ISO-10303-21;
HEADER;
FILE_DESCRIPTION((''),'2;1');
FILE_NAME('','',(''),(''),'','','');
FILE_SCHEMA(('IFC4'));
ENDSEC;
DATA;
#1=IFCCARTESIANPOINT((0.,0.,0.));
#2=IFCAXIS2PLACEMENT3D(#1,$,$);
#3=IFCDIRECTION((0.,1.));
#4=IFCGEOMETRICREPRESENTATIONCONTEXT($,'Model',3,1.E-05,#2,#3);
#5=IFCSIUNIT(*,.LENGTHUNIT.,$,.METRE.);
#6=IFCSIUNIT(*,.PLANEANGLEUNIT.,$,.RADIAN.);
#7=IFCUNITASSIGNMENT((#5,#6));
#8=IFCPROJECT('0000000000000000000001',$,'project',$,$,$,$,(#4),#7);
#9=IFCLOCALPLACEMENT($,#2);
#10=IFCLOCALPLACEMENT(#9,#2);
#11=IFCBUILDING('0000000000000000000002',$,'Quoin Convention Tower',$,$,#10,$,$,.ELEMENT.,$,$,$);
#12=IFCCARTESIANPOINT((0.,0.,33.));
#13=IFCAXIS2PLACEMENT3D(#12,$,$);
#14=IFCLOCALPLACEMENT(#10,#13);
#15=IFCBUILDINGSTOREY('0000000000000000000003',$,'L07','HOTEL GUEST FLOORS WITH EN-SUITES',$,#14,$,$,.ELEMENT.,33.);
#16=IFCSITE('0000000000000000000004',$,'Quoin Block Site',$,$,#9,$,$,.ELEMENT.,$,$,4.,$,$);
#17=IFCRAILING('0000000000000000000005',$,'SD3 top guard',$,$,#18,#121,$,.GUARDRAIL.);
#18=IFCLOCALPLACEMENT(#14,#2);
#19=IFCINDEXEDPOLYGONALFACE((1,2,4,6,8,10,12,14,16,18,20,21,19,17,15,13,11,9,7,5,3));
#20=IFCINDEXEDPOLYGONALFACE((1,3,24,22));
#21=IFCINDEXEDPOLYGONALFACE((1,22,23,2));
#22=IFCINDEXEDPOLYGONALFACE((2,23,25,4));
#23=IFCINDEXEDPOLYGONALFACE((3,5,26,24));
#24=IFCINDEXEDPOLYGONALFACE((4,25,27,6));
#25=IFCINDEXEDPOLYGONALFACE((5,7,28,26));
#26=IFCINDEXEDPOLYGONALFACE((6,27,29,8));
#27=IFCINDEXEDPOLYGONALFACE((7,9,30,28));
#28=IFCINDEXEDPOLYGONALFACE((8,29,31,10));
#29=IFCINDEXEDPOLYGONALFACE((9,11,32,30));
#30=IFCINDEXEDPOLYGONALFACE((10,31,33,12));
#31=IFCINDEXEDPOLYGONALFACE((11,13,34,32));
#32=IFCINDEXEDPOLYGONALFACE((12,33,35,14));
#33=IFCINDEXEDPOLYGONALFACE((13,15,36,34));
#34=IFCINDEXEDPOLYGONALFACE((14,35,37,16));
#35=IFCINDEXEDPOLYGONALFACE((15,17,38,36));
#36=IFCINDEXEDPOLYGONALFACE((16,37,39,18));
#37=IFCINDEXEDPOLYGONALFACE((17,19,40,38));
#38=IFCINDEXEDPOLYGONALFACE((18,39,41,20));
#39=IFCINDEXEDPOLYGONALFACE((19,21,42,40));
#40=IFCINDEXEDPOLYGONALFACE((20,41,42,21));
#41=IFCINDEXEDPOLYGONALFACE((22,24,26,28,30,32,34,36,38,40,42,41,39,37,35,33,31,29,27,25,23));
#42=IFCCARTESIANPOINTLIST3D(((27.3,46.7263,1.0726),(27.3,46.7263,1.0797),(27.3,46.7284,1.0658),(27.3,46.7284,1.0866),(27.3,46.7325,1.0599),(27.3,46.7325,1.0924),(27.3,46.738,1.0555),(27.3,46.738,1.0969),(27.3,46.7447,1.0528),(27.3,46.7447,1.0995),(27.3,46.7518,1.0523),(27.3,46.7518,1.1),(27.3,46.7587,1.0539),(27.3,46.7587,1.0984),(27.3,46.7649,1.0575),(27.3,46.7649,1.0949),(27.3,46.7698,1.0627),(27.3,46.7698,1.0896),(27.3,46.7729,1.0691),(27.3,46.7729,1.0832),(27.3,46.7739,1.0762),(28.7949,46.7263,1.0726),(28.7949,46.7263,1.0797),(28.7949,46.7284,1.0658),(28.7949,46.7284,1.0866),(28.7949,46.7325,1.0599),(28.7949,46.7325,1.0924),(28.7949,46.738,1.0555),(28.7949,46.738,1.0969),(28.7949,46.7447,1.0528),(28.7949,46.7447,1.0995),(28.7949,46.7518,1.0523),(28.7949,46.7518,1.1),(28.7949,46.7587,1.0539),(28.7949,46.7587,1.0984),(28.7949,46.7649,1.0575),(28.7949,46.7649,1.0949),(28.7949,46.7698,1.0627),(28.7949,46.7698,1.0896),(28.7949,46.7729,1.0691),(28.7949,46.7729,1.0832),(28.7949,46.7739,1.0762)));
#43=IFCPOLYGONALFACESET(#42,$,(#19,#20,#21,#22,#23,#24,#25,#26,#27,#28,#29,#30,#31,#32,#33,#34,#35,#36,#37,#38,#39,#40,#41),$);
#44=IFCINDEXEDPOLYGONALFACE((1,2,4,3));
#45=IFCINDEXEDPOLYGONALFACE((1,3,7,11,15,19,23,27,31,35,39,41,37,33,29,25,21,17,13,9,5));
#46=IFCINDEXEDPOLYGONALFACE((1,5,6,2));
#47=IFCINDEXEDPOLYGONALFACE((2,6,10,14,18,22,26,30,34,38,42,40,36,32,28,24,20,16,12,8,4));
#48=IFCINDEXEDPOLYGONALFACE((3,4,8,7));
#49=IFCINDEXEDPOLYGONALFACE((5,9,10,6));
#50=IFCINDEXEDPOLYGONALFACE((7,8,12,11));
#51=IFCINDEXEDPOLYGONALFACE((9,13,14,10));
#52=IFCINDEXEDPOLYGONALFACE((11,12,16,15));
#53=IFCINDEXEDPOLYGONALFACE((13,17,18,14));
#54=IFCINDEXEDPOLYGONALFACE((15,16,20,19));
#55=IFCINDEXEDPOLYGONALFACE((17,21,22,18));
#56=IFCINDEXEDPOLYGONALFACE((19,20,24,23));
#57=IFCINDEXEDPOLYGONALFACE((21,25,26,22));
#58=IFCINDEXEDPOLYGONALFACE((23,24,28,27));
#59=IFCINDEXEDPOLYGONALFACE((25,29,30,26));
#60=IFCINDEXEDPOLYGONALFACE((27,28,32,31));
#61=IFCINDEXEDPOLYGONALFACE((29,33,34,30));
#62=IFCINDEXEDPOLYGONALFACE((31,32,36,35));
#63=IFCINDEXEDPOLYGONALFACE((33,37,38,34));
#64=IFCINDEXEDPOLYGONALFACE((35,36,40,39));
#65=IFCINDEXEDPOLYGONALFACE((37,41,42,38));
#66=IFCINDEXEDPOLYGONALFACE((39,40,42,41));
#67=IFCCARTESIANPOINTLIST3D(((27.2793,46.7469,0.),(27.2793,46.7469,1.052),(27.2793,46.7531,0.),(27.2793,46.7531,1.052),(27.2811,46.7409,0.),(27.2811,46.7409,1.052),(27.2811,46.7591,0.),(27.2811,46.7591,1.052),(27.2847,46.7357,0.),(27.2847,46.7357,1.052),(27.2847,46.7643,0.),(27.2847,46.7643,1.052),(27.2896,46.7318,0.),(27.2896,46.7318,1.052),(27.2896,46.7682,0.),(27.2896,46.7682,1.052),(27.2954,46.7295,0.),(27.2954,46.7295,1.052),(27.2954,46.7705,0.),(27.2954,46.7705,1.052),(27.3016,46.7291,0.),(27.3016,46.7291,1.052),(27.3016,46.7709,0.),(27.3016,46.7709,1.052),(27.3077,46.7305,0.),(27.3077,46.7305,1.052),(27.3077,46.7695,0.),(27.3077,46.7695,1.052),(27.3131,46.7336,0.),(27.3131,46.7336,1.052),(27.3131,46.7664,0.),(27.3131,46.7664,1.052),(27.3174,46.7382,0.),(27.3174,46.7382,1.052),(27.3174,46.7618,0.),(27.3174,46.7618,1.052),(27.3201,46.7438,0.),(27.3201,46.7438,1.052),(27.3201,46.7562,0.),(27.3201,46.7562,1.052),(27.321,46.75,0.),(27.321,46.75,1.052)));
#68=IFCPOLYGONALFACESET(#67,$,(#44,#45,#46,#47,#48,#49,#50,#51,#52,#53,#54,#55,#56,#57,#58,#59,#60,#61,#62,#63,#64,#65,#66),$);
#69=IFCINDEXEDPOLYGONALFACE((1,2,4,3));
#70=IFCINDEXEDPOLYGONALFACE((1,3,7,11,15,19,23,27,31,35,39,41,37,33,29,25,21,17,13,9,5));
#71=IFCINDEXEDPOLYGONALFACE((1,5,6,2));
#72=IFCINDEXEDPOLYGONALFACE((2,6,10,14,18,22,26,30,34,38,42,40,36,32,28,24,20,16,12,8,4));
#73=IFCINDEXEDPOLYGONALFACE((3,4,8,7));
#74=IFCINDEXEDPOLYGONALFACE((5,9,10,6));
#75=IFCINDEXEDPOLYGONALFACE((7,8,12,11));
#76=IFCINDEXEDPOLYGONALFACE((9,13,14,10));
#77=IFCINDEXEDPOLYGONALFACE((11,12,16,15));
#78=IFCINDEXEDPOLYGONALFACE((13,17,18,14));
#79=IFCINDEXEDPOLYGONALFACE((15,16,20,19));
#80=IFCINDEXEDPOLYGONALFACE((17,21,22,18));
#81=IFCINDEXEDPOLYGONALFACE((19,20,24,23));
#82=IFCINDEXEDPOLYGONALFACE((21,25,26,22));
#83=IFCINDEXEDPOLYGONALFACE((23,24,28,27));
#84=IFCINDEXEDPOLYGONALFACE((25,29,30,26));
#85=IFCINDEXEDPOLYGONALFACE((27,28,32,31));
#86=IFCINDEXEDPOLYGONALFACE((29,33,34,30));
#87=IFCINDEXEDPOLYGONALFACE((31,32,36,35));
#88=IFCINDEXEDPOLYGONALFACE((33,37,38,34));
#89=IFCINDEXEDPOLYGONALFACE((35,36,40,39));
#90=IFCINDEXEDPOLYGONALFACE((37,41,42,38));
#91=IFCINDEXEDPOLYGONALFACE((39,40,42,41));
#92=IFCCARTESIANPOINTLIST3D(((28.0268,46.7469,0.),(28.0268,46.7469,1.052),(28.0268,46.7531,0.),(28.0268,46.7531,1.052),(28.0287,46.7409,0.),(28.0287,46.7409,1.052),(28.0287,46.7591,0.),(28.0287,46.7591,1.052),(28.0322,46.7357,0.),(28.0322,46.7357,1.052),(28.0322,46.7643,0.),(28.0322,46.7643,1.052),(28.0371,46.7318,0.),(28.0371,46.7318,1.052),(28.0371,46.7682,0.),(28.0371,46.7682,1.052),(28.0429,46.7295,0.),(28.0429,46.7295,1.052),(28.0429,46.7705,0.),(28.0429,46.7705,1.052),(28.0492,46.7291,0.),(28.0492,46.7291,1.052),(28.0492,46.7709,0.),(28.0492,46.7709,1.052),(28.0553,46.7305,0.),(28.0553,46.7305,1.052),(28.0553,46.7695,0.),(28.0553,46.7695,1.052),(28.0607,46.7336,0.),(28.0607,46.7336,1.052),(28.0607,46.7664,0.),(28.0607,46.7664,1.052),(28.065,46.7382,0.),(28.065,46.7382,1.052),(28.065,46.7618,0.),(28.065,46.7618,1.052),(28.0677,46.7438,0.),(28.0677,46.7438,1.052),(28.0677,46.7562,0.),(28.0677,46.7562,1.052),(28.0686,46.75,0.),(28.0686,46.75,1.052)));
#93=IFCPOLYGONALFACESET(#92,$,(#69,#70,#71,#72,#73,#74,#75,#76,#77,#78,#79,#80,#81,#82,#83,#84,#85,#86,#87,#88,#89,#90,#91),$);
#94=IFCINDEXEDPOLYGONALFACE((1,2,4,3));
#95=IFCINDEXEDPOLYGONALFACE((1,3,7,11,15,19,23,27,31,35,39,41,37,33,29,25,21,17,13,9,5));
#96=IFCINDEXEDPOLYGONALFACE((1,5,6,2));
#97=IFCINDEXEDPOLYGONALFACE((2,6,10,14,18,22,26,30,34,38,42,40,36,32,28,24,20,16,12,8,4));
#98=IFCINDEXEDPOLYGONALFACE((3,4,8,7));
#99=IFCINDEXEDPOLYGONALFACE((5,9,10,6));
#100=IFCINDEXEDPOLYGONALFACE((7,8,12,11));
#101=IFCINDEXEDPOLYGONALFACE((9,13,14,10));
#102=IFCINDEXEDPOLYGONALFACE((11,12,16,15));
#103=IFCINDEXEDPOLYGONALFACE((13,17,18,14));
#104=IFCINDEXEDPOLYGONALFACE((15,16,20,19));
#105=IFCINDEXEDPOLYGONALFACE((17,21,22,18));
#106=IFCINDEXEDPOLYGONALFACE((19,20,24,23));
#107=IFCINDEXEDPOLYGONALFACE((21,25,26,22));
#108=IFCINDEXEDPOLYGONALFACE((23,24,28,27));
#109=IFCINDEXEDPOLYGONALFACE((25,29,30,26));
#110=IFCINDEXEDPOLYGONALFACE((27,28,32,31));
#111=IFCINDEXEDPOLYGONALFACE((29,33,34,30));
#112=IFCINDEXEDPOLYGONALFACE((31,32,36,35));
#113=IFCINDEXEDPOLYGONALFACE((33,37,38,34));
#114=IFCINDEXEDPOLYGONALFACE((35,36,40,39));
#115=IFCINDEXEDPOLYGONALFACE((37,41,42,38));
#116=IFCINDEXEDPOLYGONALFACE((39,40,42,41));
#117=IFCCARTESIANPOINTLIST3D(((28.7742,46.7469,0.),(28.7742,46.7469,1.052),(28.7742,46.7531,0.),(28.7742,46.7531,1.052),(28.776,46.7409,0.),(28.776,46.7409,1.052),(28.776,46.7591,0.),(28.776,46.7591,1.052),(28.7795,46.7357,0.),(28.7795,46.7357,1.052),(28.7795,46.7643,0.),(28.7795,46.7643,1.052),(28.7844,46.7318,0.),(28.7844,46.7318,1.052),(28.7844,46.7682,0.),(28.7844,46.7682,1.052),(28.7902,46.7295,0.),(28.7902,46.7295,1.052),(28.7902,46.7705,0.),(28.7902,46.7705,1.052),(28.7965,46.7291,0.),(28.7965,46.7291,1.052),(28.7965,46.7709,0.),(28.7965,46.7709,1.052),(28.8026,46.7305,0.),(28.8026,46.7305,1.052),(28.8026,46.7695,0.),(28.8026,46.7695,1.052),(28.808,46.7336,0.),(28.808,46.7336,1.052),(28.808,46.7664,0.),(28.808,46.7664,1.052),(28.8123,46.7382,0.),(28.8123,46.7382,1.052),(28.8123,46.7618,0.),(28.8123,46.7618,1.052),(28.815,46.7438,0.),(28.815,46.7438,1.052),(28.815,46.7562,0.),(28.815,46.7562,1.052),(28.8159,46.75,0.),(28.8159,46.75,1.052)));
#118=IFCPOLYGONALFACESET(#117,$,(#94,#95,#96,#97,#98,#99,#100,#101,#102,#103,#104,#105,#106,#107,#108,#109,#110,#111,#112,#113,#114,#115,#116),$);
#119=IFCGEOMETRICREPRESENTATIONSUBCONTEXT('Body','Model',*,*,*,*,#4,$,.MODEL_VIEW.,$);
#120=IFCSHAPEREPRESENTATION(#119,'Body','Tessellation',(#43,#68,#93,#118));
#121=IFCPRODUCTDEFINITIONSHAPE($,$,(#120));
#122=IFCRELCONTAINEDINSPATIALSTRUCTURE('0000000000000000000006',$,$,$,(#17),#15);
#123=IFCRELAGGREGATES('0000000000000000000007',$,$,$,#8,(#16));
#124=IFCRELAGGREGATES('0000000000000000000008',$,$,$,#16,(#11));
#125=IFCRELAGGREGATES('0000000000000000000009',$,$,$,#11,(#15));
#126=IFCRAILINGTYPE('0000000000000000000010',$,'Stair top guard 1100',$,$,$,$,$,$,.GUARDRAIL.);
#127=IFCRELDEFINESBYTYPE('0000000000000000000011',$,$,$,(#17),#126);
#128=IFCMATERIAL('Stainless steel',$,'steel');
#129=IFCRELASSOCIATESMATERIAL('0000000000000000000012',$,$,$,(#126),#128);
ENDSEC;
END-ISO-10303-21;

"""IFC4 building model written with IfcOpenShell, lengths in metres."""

from ifc_helpers import new_model, si_unit, direction, frame, origin, origin_2d, place, context, subcontext, project, spatial, circle, extrude, material, type_object, element, save


model = new_model("IFC4")

# Units and contexts
model_context = context("Model", 3, precision=1e-05, world=origin(), true_north=direction((0.0, 1.0)))
body_context = subcontext(model_context, "Body", "Model", "MODEL_VIEW")
ifc_project = project(units=[si_unit("LENGTHUNIT", "METRE"), si_unit("PLANEANGLEUNIT", "RADIAN")], contexts=[model_context])

# Site, building, storey
site_placement = place(None, origin())
site = spatial("IfcSite", under=ifc_project, at=site_placement, Name="Quoin Block Site", CompositionType="ELEMENT", RefElevation=4.0)
building_placement = place(site_placement, origin())
building = spatial("IfcBuilding", under=site, at=building_placement, Name="Quoin Convention Tower", CompositionType="ELEMENT")
storey_placement = place(building_placement, frame((0.0, 0.0, 33.0)))
storey = spatial("IfcBuildingStorey", under=building, at=storey_placement, Name="L07", Description="HOTEL GUEST FLOORS WITH EN-SUITES", CompositionType="ELEMENT", Elevation=33.0)

# Railing
ifc_material_1 = material(Name="Stainless steel", Category="steel")
railing_type_1 = type_object("IfcRailingType", Name="Stair top guard 1100", PredefinedType="GUARDRAIL", material=ifc_material_1)
railing_placement = place(storey_placement, frame((27.3, 46.75, 0.0)))
element("IfcRailing", 1, at=railing_placement, inside=storey, type_object=railing_type_1, Name="SD3 top guard", PredefinedType="GUARDRAIL", context=body_context, shape_type="SweptSolid", body=[
    extrude(circle(Radius=0.0239, at=origin_2d()), frame((0.0, 0.0, 1.0762), z_axis=(1.0, 0.0, 0.0), x_axis=(0.0, 1.0, 0.0)), (0.0, 0.0, 1.0), 1.4949),
    extrude(circle(Radius=0.021, at=origin_2d()), origin(), (0.0, 0.0, 1.0), 1.052),
    extrude(circle(Radius=0.021, at=origin_2d()), frame((0.7476, 0.0, 0.0)), (0.0, 0.0, 1.0), 1.052),
    extrude(circle(Radius=0.021, at=origin_2d()), frame((1.4949, 0.0, 0.0)), (0.0, 0.0, 1.0), 1.052),
])

save(model, "model.ifc")
